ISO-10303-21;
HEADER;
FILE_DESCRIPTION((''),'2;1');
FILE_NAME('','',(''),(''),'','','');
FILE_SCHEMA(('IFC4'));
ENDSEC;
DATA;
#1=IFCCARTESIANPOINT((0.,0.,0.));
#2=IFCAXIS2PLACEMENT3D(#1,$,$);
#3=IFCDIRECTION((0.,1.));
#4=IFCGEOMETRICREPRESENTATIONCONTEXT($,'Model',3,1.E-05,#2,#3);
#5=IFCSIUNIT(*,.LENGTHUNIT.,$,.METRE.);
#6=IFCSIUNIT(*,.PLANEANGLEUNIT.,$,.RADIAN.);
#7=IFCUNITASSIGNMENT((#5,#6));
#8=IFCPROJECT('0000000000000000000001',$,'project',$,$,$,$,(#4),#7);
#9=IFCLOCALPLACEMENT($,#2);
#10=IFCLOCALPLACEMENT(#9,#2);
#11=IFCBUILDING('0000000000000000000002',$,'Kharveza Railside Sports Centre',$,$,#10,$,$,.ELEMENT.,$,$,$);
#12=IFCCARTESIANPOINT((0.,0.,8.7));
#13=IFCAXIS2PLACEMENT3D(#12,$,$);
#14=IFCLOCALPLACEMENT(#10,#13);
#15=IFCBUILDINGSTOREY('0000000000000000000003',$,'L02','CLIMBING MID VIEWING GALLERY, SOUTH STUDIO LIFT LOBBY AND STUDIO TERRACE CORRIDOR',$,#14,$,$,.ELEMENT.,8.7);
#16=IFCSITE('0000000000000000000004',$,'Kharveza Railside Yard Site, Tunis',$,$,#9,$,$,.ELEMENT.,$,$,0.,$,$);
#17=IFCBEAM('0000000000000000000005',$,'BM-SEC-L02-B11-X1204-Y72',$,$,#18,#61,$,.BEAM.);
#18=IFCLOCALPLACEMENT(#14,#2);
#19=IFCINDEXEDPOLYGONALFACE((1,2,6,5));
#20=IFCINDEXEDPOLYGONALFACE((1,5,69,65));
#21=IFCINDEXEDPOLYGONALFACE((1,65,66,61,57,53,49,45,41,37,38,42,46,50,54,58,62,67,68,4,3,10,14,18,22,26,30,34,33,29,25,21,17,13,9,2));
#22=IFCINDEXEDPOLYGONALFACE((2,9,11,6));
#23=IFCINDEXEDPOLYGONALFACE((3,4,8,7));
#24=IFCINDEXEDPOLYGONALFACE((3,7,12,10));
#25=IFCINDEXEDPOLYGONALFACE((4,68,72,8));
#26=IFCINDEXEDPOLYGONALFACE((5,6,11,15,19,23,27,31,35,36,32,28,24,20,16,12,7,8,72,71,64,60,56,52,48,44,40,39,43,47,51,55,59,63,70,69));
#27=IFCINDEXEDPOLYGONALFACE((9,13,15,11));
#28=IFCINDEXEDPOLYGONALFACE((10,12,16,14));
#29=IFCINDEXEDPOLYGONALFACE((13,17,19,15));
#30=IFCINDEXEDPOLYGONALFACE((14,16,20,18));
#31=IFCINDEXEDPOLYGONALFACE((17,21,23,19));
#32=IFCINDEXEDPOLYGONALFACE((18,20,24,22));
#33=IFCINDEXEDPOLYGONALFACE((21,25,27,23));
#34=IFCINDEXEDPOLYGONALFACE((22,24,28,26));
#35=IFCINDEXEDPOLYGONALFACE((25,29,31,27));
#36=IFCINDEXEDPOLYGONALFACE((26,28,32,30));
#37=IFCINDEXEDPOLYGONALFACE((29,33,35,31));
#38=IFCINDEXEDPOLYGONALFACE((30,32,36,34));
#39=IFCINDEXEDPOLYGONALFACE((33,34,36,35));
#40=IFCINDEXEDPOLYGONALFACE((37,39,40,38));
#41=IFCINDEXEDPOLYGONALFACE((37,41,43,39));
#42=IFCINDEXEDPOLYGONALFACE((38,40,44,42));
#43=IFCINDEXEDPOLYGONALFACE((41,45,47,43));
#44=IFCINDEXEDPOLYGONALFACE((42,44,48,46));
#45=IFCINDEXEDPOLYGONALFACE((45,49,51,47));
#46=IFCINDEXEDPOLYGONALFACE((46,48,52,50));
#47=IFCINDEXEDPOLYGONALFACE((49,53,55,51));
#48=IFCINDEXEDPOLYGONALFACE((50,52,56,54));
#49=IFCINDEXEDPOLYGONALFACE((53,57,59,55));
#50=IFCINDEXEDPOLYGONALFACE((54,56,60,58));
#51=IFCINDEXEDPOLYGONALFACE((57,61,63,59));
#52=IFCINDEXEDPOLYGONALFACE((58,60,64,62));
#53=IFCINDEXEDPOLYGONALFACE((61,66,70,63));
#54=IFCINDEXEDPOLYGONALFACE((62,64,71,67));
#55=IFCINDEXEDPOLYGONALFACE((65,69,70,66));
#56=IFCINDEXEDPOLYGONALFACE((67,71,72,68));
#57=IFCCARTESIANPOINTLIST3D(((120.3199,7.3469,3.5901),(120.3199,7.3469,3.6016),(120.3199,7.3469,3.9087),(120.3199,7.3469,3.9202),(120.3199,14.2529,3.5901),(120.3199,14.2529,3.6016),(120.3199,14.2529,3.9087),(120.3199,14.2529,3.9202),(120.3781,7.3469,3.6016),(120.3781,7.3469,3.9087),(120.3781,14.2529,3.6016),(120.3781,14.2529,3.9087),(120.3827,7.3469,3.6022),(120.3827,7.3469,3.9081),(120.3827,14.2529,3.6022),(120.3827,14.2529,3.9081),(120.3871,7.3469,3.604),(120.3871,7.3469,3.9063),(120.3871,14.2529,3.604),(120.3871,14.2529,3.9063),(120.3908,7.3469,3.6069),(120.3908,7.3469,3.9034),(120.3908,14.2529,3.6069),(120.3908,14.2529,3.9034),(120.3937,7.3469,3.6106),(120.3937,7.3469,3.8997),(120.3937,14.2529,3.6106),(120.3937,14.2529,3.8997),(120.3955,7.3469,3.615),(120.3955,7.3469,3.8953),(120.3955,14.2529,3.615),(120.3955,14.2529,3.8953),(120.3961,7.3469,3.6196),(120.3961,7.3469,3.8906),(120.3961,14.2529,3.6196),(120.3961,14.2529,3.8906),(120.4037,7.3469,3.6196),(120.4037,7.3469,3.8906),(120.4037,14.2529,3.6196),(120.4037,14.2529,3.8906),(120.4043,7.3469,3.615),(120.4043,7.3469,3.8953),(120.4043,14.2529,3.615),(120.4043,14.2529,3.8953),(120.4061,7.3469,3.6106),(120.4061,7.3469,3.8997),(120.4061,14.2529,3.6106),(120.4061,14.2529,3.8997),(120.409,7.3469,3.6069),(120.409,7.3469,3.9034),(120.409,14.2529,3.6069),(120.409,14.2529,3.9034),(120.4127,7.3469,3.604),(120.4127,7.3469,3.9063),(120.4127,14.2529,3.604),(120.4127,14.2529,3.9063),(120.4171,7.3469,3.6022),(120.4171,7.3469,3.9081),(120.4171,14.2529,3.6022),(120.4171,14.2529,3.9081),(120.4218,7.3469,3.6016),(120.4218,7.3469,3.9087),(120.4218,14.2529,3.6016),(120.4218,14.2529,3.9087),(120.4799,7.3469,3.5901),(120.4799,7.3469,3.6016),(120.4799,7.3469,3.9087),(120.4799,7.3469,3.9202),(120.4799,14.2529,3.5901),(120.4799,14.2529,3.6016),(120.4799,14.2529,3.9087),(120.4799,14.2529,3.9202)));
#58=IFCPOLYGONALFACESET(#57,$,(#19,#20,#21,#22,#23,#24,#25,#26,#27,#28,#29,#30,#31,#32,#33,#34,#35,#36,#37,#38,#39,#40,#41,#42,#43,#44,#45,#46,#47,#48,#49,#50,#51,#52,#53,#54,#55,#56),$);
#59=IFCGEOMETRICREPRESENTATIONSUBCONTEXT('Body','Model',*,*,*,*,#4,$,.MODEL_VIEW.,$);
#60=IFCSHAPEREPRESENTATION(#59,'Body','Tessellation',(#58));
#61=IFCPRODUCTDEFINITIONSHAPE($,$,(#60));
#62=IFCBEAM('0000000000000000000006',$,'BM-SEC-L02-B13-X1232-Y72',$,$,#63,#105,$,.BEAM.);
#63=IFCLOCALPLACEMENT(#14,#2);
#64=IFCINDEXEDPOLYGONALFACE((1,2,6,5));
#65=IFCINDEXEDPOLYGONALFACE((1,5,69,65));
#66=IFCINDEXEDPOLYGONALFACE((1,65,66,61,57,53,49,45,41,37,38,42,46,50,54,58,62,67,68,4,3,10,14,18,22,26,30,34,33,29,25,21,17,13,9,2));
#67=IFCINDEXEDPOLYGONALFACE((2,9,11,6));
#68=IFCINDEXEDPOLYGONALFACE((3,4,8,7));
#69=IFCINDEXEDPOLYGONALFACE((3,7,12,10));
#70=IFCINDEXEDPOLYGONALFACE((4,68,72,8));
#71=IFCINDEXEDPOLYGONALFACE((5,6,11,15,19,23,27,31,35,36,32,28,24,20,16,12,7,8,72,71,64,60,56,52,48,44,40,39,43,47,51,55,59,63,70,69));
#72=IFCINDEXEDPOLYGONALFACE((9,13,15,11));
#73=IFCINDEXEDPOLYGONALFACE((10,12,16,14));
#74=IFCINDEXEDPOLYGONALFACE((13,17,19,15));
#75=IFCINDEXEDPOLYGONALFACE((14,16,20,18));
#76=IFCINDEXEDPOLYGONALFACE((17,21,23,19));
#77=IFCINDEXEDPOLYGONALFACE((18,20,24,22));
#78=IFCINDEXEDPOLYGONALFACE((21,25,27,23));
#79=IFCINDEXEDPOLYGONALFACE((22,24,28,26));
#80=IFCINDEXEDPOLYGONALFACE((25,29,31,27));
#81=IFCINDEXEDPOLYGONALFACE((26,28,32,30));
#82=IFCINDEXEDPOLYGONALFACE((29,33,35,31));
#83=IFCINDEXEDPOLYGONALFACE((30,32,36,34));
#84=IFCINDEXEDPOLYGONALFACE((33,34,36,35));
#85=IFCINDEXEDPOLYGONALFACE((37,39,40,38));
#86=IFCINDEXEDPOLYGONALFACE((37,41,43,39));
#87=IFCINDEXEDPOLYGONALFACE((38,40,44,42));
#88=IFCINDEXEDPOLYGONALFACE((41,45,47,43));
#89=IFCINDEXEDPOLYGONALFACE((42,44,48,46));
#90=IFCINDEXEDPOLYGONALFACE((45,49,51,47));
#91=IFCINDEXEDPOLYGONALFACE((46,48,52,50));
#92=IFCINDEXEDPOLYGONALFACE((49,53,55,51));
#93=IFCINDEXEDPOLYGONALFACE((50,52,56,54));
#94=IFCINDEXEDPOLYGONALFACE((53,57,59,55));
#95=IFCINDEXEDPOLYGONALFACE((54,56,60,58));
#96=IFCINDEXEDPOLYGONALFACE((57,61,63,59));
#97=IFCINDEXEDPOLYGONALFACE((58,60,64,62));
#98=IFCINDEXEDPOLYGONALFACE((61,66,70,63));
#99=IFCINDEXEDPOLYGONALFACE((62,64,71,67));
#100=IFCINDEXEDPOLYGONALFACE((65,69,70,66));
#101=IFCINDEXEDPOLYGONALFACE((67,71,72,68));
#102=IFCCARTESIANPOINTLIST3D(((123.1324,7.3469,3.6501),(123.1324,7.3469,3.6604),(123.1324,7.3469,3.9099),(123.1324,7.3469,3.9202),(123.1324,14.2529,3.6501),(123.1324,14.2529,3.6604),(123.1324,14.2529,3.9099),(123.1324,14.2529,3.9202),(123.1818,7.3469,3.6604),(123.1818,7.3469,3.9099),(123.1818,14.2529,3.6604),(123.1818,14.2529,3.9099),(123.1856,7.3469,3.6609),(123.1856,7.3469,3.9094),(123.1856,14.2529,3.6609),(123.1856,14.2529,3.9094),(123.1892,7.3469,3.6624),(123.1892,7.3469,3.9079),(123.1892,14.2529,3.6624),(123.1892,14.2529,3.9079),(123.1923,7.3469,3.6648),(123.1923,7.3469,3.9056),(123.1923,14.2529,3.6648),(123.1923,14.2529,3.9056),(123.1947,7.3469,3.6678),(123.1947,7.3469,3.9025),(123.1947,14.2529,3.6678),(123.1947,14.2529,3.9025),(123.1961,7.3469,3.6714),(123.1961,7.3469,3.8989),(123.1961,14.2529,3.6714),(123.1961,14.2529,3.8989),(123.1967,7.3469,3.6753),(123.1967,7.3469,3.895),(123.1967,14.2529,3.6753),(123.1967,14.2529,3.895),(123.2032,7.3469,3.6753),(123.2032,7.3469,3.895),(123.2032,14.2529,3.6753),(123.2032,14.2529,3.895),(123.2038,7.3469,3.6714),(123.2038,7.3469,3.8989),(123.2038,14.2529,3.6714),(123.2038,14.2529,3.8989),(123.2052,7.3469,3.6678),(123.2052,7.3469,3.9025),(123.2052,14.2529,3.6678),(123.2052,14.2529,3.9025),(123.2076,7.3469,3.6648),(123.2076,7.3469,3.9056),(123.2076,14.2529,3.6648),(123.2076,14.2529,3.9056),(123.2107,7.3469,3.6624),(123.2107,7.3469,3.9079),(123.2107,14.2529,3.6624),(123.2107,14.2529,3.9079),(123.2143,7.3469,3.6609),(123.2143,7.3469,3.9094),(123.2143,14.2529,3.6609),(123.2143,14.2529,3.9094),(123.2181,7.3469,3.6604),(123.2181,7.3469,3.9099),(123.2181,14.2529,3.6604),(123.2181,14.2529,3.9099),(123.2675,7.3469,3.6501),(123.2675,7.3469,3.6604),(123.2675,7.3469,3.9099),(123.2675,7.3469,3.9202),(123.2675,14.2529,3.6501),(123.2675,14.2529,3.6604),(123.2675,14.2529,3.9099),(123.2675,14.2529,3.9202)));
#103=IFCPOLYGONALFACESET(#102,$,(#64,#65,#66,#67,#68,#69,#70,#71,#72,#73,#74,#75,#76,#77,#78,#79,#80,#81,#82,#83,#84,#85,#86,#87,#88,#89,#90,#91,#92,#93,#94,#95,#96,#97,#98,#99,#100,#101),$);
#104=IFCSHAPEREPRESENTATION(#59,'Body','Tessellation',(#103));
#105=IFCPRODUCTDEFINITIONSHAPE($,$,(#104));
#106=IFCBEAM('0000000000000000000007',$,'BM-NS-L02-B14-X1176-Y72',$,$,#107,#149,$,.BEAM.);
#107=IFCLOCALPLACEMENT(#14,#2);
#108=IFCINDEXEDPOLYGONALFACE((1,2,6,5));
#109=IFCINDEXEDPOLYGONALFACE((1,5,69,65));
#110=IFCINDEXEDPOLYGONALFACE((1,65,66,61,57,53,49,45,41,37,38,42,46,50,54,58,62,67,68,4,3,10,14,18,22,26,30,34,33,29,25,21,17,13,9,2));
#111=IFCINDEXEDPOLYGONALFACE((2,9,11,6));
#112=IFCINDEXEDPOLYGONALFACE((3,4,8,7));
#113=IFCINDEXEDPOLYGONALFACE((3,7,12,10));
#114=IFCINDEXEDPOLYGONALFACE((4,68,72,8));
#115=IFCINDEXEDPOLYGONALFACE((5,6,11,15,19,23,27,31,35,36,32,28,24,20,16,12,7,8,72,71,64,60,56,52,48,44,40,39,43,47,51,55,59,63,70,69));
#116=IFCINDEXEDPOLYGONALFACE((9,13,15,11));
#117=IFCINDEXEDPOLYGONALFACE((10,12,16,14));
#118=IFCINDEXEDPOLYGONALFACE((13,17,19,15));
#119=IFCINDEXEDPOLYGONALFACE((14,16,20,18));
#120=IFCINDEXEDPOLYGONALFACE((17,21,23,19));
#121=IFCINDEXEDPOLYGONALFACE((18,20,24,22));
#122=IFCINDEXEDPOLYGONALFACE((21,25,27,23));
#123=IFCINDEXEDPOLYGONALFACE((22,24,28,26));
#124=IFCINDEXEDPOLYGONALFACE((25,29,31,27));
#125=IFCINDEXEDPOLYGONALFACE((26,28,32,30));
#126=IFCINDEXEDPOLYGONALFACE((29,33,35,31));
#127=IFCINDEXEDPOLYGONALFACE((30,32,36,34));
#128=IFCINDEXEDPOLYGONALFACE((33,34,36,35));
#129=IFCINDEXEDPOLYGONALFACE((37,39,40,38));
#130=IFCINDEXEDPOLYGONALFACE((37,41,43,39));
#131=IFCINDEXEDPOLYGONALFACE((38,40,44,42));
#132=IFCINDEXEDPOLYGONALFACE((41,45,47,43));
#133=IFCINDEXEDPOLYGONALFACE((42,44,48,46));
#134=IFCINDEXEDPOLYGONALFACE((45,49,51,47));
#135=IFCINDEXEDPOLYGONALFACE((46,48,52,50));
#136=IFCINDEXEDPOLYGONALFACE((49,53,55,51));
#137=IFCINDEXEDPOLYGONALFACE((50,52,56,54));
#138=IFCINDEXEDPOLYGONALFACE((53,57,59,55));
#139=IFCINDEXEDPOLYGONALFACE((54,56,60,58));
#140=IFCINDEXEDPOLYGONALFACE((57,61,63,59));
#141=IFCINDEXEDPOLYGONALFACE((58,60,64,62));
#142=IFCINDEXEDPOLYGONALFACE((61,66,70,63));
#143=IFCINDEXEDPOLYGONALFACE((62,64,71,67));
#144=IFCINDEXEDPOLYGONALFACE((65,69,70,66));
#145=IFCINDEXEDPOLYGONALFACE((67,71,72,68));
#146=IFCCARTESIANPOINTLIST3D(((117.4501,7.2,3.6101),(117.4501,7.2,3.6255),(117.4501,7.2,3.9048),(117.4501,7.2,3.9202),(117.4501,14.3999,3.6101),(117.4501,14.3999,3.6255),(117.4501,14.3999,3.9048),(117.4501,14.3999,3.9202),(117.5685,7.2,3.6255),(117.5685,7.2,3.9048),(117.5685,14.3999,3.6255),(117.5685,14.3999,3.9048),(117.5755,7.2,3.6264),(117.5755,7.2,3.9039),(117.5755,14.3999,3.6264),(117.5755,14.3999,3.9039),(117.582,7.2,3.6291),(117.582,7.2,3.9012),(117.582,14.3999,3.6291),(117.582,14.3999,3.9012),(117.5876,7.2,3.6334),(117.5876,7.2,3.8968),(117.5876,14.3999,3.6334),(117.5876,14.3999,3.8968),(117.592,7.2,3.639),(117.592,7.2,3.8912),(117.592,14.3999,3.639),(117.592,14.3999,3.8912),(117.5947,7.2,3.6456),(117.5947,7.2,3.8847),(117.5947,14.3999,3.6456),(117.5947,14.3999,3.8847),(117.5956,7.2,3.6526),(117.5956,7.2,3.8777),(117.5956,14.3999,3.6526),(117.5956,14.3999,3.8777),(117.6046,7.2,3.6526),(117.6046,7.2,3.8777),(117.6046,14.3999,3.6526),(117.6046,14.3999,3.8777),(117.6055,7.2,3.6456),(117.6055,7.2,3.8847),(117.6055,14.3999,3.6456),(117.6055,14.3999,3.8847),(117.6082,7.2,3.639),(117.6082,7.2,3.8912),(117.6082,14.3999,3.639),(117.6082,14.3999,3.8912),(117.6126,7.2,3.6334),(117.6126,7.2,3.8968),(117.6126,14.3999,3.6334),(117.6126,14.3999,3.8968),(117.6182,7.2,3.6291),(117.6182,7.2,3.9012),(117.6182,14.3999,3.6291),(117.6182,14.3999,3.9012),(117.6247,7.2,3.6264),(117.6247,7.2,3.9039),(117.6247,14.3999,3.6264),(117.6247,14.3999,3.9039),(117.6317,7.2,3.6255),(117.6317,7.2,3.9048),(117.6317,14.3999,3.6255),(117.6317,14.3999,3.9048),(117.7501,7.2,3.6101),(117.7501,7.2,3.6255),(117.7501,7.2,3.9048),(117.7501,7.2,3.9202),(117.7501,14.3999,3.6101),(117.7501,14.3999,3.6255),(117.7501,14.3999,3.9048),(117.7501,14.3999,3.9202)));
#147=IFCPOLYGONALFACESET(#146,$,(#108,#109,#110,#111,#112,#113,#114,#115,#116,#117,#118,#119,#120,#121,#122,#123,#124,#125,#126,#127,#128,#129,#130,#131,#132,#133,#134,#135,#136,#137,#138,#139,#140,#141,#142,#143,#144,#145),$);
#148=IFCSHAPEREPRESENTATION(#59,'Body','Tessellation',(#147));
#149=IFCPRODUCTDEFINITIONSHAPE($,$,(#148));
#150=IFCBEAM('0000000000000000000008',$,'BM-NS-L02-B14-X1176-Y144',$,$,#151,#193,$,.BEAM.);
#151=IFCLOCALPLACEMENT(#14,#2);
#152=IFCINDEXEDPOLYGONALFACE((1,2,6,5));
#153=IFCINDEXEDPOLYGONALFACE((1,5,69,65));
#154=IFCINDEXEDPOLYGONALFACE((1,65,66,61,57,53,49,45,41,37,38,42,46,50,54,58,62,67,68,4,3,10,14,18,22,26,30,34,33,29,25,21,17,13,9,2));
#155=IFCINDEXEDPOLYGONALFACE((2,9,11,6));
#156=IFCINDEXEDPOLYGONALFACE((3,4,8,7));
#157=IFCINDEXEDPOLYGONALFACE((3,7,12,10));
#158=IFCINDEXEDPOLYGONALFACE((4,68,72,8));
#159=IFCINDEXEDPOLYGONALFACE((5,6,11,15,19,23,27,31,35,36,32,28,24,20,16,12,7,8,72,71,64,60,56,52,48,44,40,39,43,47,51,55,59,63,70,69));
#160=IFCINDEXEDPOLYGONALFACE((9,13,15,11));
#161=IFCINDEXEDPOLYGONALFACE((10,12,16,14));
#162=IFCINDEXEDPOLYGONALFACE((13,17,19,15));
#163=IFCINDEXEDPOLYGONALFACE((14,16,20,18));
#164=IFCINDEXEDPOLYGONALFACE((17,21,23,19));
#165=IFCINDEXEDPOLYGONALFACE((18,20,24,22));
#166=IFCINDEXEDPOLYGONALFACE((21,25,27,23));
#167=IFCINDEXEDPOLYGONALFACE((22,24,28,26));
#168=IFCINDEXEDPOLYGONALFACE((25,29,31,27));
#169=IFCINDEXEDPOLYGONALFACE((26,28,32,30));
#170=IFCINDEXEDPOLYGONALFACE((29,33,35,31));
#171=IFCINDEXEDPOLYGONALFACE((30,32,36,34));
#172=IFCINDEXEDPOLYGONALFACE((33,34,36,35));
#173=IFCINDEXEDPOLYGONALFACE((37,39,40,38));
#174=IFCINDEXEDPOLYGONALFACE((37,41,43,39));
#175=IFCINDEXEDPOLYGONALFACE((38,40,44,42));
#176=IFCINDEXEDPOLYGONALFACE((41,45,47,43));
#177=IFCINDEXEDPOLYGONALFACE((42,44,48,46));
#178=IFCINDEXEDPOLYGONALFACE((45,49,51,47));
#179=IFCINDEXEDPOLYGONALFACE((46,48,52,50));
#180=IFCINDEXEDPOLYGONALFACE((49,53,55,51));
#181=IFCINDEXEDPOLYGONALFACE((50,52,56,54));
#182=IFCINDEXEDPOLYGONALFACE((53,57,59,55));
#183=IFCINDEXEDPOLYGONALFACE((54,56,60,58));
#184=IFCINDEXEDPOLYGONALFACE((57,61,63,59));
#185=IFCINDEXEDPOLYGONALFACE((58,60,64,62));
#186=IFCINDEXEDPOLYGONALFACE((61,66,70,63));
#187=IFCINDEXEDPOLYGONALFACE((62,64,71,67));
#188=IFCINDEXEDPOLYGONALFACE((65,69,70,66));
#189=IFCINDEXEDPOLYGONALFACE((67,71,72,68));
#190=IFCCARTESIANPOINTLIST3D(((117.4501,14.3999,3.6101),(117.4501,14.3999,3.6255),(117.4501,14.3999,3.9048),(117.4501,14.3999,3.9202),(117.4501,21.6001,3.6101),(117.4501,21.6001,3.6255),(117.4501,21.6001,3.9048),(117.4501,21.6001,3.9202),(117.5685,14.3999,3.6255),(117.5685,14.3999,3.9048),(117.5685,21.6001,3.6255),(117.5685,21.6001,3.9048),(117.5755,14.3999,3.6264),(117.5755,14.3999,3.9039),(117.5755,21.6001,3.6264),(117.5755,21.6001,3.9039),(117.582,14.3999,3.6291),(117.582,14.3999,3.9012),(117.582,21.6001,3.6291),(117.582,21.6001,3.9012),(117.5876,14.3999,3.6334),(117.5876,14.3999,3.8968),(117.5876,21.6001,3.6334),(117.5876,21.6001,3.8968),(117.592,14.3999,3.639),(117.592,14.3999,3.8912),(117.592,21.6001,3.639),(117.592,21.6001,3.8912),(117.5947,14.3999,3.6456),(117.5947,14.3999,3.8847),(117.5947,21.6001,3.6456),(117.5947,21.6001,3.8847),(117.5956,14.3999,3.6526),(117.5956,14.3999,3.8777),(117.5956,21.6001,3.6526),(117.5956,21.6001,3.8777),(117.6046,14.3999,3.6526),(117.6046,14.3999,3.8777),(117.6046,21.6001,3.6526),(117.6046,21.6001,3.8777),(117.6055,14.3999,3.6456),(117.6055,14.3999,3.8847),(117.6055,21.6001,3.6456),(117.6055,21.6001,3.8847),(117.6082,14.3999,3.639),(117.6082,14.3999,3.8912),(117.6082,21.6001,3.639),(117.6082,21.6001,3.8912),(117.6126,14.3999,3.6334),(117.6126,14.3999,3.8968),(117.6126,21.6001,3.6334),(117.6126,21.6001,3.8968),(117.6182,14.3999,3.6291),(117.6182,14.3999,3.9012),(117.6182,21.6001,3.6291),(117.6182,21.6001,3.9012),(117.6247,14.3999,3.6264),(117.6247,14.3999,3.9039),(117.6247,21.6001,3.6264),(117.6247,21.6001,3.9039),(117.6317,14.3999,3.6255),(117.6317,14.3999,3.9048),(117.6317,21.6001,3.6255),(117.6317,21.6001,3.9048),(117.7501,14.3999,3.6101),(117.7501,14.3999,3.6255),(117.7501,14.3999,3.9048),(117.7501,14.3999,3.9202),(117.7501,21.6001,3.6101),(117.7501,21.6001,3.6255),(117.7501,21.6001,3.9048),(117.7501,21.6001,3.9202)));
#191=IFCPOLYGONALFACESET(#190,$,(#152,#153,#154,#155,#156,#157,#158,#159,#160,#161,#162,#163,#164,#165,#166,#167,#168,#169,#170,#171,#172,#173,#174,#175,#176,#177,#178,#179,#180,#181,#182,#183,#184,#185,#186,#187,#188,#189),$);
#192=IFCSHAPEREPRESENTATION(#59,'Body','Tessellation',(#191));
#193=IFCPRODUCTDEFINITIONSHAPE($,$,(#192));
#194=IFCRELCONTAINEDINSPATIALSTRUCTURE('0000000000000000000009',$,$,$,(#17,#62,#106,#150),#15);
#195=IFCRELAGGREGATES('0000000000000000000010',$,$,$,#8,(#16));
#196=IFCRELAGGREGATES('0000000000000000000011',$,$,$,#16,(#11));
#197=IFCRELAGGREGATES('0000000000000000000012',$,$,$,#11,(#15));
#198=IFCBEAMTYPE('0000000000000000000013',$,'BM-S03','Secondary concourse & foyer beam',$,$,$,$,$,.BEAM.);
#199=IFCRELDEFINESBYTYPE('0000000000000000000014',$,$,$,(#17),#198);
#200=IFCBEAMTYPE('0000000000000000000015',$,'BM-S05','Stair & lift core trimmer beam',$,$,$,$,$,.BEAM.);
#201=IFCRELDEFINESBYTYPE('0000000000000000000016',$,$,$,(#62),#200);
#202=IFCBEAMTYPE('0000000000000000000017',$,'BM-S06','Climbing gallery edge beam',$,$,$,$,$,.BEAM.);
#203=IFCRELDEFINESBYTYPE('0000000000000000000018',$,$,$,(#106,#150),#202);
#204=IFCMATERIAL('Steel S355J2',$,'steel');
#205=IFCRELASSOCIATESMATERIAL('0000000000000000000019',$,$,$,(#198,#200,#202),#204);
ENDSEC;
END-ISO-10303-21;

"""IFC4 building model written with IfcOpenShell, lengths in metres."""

from ifc_helpers import new_model, si_unit, direction, frame, origin, origin_2d, place, context, subcontext, project, spatial, i_section, extrude, material, material_profile, profile_set, type_object, element, save


model = new_model("IFC4")

# Units and contexts
model_context = context("Model", 3, precision=1e-05, world=origin(), true_north=direction((0.0, 1.0)))
body_context = subcontext(model_context, "Body", "Model", "MODEL_VIEW")
ifc_project = project(units=[si_unit("LENGTHUNIT", "METRE"), si_unit("PLANEANGLEUNIT", "RADIAN")], contexts=[model_context])

# Site, building, storey
site_placement = place(None, origin())
site = spatial("IfcSite", under=ifc_project, at=site_placement, Name="Kharveza Railside Yard Site, Tunis", CompositionType="ELEMENT", RefElevation=0.0)
building_placement = place(site_placement, origin())
building = spatial("IfcBuilding", under=site, at=building_placement, Name="Kharveza Railside Sports Centre", CompositionType="ELEMENT")
storey_placement = place(building_placement, frame((0.0, 0.0, 8.7)))
storey = spatial("IfcBuildingStorey", under=building, at=storey_placement, Name="L02", Description="CLIMBING MID VIEWING GALLERY, SOUTH STUDIO LIFT LOBBY AND STUDIO TERRACE CORRIDOR", CompositionType="ELEMENT", Elevation=8.7)

# Shared definitions
ifc_material_1 = material(Name="Steel S355J2", Category="steel")

# Beams
ifc_material_profile_1 = material_profile(ifc_material_1, i_section(OverallWidth=0.1599, OverallDepth=0.3301, WebThickness=0.0076, FlangeThickness=0.0115, FilletRadius=0.0181, at=origin_2d()), Name="IPE 330")
ifc_profile_set_1 = profile_set([ifc_material_profile_1], Name="Steel S355J2")
beam_type_1 = type_object("IfcBeamType", Name="BM-S03", Description="Secondary concourse & foyer beam", PredefinedType="BEAM", material=ifc_profile_set_1)
beam_1_placement = place(storey_placement, frame((120.3999, 7.3469, 3.7551), z_axis=(0.0, 1.0, 0.0), x_axis=(-1.0, 0.0, 0.0)))
element("IfcBeam", 1, at=beam_1_placement, inside=storey, type_object=beam_type_1, Name="BM-SEC-L02-B11-X1204-Y72", PredefinedType="BEAM", context=body_context, shape_type="SweptSolid", body=[
    extrude(i_section(OverallWidth=0.1599, OverallDepth=0.3301, WebThickness=0.0076, FlangeThickness=0.0115, FilletRadius=0.0181, at=origin_2d()), origin(), (0.0, 0.0, 1.0), 6.906),
])
ifc_material_profile_2 = material_profile(ifc_material_1, i_section(OverallWidth=0.135, OverallDepth=0.27, WebThickness=0.0066, FlangeThickness=0.0103, FilletRadius=0.0149, at=origin_2d()), Name="IPE 270")
ifc_profile_set_2 = profile_set([ifc_material_profile_2], Name="Steel S355J2")
beam_type_2 = type_object("IfcBeamType", Name="BM-S05", Description="Stair & lift core trimmer beam", PredefinedType="BEAM", material=ifc_profile_set_2)
beam_2_placement = place(storey_placement, frame((123.2, 7.3469, 3.7852), z_axis=(0.0, 1.0, 0.0), x_axis=(-1.0, 0.0, 0.0)))
element("IfcBeam", 2, at=beam_2_placement, inside=storey, type_object=beam_type_2, Name="BM-SEC-L02-B13-X1232-Y72", PredefinedType="BEAM", context=body_context, shape_type="SweptSolid", body=[
    extrude(i_section(OverallWidth=0.135, OverallDepth=0.27, WebThickness=0.0066, FlangeThickness=0.0103, FilletRadius=0.0149, at=origin_2d()), origin(), (0.0, 0.0, 1.0), 6.906),
])
ifc_material_profile_3 = material_profile(ifc_material_1, i_section(OverallWidth=0.3, OverallDepth=0.3101, WebThickness=0.009, FlangeThickness=0.0154, FilletRadius=0.0271, at=origin_2d()), Name="HEA 320")
ifc_profile_set_3 = profile_set([ifc_material_profile_3], Name="Steel S355J2")
beam_type_3 = type_object("IfcBeamType", Name="BM-S06", Description="Climbing gallery edge beam", PredefinedType="BEAM", material=ifc_profile_set_3)
beam_3_placement = place(storey_placement, frame((117.6001, 7.2, 3.7651), z_axis=(0.0, 1.0, 0.0), x_axis=(-1.0, 0.0, 0.0)))
element("IfcBeam", 3, at=beam_3_placement, inside=storey, type_object=beam_type_3, Name="BM-NS-L02-B14-X1176-Y72", PredefinedType="BEAM", context=body_context, shape_type="SweptSolid", body=[
    extrude(i_section(OverallWidth=0.3, OverallDepth=0.3101, WebThickness=0.009, FlangeThickness=0.0154, FilletRadius=0.0271, at=origin_2d()), origin(), (0.0, 0.0, 1.0), 7.2),
])
beam_4_placement = place(storey_placement, frame((117.6001, 14.3999, 3.7651), z_axis=(0.0, 1.0, 0.0), x_axis=(-1.0, 0.0, 0.0)))
element("IfcBeam", 4, at=beam_4_placement, inside=storey, type_object=beam_type_3, Name="BM-NS-L02-B14-X1176-Y144", PredefinedType="BEAM", context=body_context, shape_type="SweptSolid", body=[
    extrude(i_section(OverallWidth=0.3, OverallDepth=0.3101, WebThickness=0.009, FlangeThickness=0.0154, FilletRadius=0.0271, at=origin_2d()), origin(), (0.0, 0.0, 1.0), 7.2002),
])

save(model, "model.ifc")
